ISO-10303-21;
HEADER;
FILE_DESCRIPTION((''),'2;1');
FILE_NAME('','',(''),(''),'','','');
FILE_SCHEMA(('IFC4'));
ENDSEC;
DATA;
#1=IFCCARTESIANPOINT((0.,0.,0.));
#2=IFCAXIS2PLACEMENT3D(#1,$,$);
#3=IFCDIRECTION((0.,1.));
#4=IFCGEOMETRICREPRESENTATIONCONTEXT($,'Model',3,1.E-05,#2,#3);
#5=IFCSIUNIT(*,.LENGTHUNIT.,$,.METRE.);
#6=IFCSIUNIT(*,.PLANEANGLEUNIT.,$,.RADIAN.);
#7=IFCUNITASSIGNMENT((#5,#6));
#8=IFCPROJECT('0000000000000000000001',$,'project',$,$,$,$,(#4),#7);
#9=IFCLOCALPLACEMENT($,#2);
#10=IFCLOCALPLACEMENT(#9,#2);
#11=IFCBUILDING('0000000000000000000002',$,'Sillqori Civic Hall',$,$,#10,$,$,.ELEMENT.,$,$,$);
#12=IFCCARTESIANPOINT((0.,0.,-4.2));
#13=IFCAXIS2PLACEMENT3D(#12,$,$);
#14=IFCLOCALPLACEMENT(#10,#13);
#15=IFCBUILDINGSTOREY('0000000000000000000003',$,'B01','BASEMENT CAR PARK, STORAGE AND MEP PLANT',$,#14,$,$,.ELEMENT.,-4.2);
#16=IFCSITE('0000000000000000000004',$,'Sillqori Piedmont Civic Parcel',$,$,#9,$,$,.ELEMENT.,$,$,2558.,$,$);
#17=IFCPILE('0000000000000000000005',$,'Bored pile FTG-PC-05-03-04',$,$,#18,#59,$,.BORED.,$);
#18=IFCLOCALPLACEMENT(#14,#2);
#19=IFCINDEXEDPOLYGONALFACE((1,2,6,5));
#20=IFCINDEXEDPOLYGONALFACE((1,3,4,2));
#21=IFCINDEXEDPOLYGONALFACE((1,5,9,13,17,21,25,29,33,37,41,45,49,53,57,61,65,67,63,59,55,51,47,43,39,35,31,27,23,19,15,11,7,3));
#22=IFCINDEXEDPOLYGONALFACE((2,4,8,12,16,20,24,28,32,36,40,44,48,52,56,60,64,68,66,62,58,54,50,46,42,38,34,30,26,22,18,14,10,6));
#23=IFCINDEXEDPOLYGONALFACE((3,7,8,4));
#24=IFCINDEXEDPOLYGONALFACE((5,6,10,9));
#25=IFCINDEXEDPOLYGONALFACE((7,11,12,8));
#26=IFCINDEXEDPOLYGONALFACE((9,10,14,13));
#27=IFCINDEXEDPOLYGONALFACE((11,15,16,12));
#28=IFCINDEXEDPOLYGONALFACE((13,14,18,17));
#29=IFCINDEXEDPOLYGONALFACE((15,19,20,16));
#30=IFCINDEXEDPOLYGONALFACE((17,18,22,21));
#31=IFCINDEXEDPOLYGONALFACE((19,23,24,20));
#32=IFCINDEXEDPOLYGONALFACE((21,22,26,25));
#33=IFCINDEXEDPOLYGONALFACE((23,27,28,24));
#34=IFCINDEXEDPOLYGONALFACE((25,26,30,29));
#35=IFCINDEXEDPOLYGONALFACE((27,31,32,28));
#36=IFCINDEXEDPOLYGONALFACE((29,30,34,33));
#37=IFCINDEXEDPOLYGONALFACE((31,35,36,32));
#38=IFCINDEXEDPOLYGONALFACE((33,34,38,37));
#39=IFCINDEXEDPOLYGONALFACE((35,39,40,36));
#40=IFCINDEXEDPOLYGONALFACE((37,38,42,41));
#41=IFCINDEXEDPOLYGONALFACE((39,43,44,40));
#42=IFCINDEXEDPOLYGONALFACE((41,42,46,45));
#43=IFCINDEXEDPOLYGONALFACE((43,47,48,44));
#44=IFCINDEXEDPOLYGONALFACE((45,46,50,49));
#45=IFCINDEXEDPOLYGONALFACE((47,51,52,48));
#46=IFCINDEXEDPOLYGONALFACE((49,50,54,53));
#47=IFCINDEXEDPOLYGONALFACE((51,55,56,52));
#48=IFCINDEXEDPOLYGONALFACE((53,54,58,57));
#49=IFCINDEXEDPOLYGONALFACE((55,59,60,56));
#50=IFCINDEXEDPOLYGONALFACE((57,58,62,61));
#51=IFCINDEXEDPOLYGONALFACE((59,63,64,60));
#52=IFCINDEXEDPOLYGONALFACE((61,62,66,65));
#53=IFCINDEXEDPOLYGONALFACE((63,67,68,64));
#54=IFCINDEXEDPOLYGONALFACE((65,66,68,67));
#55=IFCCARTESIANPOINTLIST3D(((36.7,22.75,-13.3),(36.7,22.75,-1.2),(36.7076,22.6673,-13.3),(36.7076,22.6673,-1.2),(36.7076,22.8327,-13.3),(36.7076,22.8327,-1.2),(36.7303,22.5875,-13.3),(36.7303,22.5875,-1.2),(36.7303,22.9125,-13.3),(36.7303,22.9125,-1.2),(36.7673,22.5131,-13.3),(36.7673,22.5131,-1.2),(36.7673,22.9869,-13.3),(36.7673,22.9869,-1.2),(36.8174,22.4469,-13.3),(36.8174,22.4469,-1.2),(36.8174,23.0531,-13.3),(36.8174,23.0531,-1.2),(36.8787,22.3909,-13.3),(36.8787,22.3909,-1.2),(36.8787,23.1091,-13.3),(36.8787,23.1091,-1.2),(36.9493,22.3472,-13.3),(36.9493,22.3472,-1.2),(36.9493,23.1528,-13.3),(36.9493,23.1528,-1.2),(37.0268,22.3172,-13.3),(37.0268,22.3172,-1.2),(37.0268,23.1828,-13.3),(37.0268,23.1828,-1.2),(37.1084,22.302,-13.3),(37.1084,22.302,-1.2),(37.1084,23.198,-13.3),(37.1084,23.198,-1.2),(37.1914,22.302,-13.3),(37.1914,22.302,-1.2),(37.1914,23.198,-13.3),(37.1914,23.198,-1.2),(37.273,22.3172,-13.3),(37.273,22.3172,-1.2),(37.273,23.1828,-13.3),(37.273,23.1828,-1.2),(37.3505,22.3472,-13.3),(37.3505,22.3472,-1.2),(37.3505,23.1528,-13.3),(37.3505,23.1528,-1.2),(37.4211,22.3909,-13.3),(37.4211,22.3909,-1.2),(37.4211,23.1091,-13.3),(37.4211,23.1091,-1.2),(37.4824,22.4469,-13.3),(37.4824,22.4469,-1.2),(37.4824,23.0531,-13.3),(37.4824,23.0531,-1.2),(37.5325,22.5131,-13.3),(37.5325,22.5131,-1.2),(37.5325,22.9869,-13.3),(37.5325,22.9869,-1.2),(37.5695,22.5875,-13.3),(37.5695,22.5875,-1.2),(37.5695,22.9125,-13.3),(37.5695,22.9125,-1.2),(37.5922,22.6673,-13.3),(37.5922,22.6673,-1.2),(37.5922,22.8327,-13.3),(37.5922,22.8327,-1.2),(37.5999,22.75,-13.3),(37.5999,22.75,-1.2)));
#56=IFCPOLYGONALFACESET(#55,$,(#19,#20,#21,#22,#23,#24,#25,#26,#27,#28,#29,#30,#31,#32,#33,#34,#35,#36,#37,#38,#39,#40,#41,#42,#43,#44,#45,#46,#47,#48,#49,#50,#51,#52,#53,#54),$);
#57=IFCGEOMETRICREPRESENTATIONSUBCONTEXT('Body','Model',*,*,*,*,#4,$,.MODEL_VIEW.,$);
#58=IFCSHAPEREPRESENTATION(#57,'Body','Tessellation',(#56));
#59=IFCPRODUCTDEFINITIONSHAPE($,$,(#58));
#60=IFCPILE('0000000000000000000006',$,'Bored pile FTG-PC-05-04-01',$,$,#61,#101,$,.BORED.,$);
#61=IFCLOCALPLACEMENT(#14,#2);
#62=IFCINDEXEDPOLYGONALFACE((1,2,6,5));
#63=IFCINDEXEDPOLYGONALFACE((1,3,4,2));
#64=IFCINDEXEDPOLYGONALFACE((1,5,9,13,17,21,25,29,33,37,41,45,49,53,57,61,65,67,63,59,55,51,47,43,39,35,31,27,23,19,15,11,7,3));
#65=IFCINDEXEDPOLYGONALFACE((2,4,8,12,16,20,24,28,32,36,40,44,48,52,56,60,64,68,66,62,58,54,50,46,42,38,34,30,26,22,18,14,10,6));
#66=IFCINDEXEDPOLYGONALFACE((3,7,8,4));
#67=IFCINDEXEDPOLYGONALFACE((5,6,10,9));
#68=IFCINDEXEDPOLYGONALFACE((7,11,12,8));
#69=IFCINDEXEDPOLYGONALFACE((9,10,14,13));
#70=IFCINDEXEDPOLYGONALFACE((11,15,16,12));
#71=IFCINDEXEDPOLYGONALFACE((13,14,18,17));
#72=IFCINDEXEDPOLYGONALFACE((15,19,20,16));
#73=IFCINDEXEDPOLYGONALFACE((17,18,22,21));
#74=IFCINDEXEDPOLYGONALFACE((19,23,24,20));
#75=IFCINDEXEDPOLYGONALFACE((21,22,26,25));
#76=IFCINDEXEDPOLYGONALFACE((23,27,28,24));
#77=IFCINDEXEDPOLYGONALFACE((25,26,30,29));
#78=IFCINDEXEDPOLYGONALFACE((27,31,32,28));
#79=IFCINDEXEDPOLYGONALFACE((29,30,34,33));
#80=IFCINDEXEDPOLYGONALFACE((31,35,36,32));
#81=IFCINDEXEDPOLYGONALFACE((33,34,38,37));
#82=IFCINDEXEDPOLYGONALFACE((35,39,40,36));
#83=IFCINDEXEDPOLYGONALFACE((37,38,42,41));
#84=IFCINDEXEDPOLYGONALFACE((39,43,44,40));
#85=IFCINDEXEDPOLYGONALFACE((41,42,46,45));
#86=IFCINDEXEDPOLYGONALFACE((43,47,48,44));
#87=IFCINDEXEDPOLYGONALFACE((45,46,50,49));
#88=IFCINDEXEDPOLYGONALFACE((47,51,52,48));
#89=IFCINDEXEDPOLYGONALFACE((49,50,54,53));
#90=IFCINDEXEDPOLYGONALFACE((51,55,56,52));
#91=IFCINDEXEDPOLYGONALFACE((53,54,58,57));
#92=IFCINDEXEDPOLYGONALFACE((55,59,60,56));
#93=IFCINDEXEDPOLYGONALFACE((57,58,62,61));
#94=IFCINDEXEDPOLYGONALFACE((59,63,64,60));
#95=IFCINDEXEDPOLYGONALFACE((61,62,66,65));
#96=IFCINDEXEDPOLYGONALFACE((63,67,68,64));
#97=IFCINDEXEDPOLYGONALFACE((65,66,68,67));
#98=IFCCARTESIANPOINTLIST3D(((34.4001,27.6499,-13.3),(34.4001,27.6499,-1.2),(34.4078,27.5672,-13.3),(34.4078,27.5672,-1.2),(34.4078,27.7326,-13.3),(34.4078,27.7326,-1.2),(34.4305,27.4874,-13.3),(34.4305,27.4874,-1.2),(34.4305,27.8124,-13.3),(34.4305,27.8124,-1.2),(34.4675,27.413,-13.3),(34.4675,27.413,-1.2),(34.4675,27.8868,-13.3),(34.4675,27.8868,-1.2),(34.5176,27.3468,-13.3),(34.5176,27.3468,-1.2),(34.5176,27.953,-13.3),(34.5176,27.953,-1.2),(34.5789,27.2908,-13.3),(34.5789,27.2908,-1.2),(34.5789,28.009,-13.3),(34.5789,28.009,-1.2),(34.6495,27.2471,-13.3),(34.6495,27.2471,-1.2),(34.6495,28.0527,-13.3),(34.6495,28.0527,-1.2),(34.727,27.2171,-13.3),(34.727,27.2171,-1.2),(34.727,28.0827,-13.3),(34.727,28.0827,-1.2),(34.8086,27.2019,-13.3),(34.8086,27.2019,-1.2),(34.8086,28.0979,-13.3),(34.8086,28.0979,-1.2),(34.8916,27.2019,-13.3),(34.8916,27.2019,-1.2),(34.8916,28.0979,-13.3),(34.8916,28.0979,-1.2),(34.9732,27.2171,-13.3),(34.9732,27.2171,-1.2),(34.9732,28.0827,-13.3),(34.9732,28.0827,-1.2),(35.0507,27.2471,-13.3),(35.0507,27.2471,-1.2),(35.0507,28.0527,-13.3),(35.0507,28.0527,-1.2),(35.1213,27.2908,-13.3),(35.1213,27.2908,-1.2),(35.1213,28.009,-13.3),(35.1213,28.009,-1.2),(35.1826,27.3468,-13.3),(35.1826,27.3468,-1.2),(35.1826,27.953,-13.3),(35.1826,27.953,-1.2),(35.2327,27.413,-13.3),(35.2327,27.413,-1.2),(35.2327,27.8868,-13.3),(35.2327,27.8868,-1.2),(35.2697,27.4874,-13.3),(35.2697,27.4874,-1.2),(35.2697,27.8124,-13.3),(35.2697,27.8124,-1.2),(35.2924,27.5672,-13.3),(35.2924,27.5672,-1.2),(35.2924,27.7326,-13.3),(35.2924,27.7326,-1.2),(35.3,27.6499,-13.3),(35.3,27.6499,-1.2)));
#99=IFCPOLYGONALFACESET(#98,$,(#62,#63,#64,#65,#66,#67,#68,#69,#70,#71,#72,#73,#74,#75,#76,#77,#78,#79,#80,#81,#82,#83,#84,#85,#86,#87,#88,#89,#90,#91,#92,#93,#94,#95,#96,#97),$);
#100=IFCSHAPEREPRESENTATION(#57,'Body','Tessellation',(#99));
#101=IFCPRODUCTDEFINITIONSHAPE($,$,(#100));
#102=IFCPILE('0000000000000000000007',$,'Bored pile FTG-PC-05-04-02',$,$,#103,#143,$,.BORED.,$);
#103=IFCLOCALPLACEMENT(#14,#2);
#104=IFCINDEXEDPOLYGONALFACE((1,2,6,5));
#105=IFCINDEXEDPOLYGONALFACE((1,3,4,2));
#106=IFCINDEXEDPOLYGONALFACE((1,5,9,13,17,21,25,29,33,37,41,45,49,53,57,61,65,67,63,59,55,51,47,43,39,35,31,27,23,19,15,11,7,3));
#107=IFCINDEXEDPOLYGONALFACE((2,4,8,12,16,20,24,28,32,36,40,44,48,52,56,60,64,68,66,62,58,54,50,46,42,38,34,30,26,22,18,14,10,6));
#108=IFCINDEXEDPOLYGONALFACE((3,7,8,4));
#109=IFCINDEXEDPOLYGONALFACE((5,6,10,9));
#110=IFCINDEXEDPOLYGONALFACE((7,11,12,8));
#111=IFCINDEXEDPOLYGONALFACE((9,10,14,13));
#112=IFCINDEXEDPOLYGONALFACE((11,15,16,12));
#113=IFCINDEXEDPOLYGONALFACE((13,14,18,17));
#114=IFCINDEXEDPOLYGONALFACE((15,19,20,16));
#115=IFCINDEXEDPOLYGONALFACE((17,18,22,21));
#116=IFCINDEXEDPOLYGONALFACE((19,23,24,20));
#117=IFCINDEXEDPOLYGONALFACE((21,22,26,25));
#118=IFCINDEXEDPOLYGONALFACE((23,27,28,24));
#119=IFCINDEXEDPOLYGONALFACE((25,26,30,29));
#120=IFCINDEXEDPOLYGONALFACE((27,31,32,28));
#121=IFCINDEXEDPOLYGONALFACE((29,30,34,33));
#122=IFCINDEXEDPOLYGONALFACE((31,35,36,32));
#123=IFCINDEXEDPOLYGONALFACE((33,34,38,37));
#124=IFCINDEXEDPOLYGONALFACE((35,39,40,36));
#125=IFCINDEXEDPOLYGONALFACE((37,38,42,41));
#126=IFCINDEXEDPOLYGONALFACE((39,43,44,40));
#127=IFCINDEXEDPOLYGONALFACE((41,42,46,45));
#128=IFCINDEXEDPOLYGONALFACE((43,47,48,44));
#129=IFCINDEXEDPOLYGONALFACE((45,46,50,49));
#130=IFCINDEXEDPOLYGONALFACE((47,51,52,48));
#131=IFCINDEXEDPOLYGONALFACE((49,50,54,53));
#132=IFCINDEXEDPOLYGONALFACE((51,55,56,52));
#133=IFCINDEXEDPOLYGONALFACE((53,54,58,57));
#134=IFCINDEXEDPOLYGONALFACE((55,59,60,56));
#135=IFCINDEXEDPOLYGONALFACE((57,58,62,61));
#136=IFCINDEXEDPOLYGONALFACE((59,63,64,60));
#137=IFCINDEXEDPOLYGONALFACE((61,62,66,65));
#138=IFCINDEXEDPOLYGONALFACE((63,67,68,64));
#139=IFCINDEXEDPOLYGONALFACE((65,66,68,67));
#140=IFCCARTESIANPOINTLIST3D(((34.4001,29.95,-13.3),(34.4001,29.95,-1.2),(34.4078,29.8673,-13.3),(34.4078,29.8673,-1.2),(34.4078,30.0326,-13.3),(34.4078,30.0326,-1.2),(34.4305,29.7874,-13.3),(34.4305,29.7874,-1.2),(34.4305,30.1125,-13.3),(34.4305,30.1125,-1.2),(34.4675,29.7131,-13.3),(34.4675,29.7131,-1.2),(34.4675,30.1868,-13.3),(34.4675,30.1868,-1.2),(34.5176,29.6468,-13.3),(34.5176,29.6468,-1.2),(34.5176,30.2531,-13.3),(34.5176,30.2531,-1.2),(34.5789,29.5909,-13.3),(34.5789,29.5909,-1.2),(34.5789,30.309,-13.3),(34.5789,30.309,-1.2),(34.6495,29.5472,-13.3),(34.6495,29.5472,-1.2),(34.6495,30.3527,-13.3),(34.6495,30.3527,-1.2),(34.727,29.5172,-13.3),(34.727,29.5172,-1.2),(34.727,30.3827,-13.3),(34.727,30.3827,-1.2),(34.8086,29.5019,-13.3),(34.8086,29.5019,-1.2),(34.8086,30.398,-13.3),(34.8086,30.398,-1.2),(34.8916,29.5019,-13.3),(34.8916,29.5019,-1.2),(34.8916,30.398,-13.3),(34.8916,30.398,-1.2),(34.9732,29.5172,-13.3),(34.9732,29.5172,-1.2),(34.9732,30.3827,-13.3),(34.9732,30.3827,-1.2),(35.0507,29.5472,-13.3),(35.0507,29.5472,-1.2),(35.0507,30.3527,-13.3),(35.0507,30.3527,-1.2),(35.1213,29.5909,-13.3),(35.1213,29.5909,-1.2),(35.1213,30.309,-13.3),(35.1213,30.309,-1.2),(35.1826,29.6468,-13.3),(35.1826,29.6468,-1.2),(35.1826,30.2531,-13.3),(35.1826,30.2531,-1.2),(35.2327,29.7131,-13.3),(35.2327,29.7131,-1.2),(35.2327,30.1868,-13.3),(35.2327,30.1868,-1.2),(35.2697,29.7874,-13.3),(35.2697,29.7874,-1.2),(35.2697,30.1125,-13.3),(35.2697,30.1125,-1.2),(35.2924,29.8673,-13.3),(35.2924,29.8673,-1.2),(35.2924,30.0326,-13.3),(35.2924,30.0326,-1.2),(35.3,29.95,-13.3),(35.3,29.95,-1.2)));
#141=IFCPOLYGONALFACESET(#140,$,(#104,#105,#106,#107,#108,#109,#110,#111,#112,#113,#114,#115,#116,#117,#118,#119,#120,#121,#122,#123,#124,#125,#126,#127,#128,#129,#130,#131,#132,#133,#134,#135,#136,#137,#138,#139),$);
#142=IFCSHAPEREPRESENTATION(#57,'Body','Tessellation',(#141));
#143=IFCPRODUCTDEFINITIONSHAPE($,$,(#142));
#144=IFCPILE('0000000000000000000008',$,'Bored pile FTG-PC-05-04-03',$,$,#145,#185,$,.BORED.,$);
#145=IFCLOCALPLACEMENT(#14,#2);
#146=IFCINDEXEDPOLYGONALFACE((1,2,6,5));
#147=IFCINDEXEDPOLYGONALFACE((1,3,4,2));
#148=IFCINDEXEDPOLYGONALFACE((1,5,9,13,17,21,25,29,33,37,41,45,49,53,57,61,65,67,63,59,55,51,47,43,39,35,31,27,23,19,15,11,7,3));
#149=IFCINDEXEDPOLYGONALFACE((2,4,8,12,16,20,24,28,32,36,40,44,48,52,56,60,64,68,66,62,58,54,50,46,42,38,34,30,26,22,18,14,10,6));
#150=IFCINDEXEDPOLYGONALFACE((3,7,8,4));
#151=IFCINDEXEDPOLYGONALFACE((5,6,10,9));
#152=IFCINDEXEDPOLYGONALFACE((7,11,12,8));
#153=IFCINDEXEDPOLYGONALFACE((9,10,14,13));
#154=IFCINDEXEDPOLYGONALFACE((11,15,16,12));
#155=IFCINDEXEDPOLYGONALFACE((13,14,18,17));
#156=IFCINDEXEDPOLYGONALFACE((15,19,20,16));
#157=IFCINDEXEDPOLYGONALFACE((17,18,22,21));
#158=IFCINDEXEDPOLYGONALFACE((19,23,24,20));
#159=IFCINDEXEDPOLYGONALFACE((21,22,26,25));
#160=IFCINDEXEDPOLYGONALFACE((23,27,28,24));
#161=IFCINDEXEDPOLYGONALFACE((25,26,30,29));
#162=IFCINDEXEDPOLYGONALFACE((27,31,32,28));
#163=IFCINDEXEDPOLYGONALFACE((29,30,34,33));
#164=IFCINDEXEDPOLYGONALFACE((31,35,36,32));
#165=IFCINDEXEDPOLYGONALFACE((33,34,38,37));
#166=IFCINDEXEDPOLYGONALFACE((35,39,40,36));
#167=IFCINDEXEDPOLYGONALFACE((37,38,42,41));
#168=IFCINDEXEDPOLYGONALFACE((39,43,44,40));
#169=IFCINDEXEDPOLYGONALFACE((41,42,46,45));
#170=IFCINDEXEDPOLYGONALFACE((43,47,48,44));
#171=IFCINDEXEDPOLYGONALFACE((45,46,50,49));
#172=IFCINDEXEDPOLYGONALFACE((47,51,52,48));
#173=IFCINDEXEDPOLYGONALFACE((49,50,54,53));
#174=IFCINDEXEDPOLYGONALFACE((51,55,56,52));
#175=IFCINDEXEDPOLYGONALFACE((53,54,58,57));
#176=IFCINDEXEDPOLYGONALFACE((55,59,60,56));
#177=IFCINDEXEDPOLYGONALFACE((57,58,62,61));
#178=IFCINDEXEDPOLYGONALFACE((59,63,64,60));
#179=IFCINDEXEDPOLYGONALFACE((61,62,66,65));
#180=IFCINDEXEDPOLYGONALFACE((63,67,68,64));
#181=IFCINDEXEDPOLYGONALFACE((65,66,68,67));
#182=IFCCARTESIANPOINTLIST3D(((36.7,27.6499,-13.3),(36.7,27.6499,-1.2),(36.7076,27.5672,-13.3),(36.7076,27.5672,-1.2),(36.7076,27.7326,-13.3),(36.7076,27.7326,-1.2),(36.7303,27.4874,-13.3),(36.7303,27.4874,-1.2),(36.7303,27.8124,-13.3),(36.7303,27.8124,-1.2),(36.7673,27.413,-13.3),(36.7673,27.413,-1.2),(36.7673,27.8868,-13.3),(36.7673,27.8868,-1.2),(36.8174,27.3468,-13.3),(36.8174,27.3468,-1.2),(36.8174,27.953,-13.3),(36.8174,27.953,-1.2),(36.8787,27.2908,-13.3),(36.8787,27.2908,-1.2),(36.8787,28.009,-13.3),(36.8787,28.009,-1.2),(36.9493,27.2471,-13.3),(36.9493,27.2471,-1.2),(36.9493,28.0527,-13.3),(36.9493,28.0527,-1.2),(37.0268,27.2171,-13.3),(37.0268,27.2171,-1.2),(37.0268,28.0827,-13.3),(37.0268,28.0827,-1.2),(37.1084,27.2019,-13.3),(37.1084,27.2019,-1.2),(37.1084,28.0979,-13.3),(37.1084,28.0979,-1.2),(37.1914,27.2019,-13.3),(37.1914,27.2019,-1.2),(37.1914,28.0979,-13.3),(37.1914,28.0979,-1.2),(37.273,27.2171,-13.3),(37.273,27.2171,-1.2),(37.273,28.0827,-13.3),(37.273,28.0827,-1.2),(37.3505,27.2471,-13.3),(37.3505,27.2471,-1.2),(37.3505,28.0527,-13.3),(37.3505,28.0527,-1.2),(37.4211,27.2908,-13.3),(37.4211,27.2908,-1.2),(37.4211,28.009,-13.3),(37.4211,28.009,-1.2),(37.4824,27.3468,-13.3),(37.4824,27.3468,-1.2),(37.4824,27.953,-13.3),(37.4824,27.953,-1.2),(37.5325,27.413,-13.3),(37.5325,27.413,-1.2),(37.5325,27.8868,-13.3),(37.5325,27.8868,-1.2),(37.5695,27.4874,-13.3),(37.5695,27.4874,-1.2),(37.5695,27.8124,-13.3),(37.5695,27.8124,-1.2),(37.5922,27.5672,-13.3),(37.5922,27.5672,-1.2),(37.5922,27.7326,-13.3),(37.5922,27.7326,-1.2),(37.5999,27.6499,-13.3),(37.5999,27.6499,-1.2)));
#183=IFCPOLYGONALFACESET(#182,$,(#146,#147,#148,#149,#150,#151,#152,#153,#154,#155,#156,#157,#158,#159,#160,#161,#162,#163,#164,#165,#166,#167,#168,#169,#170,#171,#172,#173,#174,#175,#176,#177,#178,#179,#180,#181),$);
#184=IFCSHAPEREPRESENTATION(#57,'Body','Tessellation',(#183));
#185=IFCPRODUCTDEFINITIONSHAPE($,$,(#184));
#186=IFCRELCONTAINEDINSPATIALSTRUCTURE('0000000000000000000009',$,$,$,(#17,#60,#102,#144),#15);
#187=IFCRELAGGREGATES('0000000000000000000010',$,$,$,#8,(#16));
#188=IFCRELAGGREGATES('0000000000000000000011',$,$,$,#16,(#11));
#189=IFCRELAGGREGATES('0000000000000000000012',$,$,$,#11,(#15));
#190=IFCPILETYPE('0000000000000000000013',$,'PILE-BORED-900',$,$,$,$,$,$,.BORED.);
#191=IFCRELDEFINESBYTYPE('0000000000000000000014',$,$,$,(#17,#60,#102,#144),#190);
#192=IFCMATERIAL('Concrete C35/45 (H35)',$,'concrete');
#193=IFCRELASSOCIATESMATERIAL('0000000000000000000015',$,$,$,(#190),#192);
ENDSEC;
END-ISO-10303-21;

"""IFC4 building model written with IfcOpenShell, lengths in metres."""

from ifc_helpers import new_model, si_unit, direction, frame, origin, origin_2d, place, context, subcontext, project, spatial, circle, extrude, material, material_profile, profile_set, type_object, element, save


model = new_model("IFC4")

# Units and contexts
model_context = context("Model", 3, precision=1e-05, world=origin(), true_north=direction((0.0, 1.0)))
body_context = subcontext(model_context, "Body", "Model", "MODEL_VIEW")
ifc_project = project(units=[si_unit("LENGTHUNIT", "METRE"), si_unit("PLANEANGLEUNIT", "RADIAN")], contexts=[model_context])

# Site, building, storey
site_placement = place(None, origin())
site = spatial("IfcSite", under=ifc_project, at=site_placement, Name="Sillqori Piedmont Civic Parcel", CompositionType="ELEMENT", RefElevation=2558.0)
building_placement = place(site_placement, origin())
building = spatial("IfcBuilding", under=site, at=building_placement, Name="Sillqori Civic Hall", CompositionType="ELEMENT")
storey_placement = place(building_placement, frame((0.0, 0.0, -4.2)))
storey = spatial("IfcBuildingStorey", under=building, at=storey_placement, Name="B01", Description="BASEMENT CAR PARK, STORAGE AND MEP PLANT", CompositionType="ELEMENT", Elevation=-4.2)

# Shared definitions
ifc_material = material(Name="Concrete C35/45 (H35)", Category="concrete")

# Piles
ifc_material_profile_1 = material_profile(ifc_material, circle(Radius=0.45, at=origin_2d()), Name="BORED PILE 900")
ifc_profile_set_1 = profile_set([ifc_material_profile_1], Name="Concrete C35/45 (H35)")
pile_type = type_object("IfcPileType", Name="PILE-BORED-900", PredefinedType="BORED", material=ifc_profile_set_1)
for number, where, z_axis, x_axis, name in (
    (1, (37.1499, 22.75, -1.2), (0.0, 0.0, -1.0), (1.0, 0.0, 0.0), "Bored pile FTG-PC-05-03-04"),
    (2, (34.8501, 27.6499, -1.2), (0.0, 0.0, -1.0), (1.0, 0.0, 0.0), "Bored pile FTG-PC-05-04-01"),
    (3, (34.8501, 29.95, -1.2), (0.0, 0.0, -1.0), (1.0, 0.0, 0.0), "Bored pile FTG-PC-05-04-02"),
    (4, (37.1499, 27.6499, -1.2), (0.0, 0.0, -1.0), (1.0, 0.0, 0.0), "Bored pile FTG-PC-05-04-03"),
):
    element("IfcPile", number, at=place(storey_placement, frame(where, z_axis=z_axis, x_axis=x_axis)), inside=storey, type_object=pile_type, Name=name, PredefinedType="BORED", context=body_context, shape_type="SweptSolid", body=[
        extrude(circle(Radius=0.45, at=origin_2d()), origin(), (0.0, 0.0, 1.0), 12.1001),
    ])

save(model, "model.ifc")
